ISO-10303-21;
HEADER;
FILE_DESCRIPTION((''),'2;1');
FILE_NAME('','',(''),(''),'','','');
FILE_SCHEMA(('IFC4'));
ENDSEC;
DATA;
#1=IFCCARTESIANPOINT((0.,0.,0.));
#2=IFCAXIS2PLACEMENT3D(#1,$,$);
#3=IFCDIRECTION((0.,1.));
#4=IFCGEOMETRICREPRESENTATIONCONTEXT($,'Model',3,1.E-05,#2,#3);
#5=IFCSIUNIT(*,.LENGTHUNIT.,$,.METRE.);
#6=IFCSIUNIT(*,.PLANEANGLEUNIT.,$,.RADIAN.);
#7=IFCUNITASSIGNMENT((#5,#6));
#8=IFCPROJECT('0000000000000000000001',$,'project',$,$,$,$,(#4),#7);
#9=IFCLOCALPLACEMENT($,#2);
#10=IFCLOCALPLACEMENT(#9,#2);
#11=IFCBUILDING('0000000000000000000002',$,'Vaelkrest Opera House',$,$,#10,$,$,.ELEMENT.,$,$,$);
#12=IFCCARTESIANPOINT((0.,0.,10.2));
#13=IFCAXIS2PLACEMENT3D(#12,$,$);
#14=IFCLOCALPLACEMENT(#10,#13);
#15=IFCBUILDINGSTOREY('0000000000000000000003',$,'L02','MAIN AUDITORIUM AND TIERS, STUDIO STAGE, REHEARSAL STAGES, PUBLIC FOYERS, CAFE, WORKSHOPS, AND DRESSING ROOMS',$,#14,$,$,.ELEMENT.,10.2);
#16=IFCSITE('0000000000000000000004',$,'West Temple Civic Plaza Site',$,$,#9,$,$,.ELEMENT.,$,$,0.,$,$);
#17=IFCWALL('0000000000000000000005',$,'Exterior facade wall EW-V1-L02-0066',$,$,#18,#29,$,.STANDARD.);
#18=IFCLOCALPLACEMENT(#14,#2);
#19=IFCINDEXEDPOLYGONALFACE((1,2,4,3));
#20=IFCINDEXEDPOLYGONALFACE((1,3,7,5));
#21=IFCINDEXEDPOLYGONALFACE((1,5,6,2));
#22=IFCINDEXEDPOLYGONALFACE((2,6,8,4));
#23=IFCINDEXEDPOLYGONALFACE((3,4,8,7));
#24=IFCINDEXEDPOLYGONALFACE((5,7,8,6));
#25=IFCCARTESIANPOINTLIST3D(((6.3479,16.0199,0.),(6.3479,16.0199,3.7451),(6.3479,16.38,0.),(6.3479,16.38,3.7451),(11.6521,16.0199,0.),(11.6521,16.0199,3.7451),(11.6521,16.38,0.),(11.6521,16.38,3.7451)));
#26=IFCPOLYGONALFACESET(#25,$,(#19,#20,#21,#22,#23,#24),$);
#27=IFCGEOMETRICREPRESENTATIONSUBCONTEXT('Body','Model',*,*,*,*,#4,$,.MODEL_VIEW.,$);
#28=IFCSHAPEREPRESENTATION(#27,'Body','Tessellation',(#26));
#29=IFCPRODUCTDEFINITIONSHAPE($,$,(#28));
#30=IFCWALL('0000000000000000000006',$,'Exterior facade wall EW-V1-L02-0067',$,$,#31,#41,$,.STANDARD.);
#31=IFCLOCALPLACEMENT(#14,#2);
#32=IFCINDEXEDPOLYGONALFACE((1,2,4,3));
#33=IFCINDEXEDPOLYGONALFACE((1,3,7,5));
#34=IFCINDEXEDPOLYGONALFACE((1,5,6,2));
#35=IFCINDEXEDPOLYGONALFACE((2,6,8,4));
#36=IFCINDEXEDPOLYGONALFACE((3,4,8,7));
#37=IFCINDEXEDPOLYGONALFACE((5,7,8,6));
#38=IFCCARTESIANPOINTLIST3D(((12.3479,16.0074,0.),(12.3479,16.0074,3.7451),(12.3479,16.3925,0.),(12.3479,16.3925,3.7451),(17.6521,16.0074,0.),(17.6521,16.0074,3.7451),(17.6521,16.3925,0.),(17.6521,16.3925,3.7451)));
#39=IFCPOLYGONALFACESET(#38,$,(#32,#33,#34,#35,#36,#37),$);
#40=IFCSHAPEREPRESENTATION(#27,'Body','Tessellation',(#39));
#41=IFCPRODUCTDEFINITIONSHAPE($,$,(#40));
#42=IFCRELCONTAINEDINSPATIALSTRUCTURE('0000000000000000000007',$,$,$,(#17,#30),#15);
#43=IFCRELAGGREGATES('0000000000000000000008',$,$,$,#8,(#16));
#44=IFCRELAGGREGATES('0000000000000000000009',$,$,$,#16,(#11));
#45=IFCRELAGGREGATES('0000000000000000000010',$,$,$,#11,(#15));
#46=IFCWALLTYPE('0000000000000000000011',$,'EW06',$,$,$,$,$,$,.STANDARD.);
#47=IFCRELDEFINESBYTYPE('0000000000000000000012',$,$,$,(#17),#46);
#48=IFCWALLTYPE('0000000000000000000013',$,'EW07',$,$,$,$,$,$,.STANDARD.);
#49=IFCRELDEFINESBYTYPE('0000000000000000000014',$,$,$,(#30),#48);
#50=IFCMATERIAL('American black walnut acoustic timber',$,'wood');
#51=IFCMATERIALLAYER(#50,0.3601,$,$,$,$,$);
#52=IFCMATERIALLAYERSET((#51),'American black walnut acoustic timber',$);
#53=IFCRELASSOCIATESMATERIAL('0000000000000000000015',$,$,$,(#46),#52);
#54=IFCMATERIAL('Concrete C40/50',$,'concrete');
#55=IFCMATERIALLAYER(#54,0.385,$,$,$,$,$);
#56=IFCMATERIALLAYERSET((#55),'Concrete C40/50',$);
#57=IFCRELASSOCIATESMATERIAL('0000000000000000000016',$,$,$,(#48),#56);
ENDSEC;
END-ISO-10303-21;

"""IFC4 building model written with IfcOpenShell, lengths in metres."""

from ifc_helpers import new_model, si_unit, direction, frame, frame_2d, origin, place, context, subcontext, project, spatial, rectangle, extrude, material, layer, layer_set, type_object, element, save


model = new_model("IFC4")

# Units and contexts
model_context = context("Model", 3, precision=1e-05, world=origin(), true_north=direction((0.0, 1.0)))
body_context = subcontext(model_context, "Body", "Model", "MODEL_VIEW")
ifc_project = project(units=[si_unit("LENGTHUNIT", "METRE"), si_unit("PLANEANGLEUNIT", "RADIAN")], contexts=[model_context])

# Site, building, storey
site_placement = place(None, origin())
site = spatial("IfcSite", under=ifc_project, at=site_placement, Name="West Temple Civic Plaza Site", CompositionType="ELEMENT", RefElevation=0.0)
building_placement = place(site_placement, origin())
building = spatial("IfcBuilding", under=site, at=building_placement, Name="Vaelkrest Opera House", CompositionType="ELEMENT")
storey_placement = place(building_placement, frame((0.0, 0.0, 10.2)))
storey = spatial("IfcBuildingStorey", under=building, at=storey_placement, Name="L02", Description="MAIN AUDITORIUM AND TIERS, STUDIO STAGE, REHEARSAL STAGES, PUBLIC FOYERS, CAFE, WORKSHOPS, AND DRESSING ROOMS", CompositionType="ELEMENT", Elevation=10.2)

# Walls
ifc_material_1 = material(Name="American black walnut acoustic timber", Category="wood")
ifc_layer_1 = layer(ifc_material_1, 0.3601)
ifc_layer_set_1 = layer_set([ifc_layer_1], Name="American black walnut acoustic timber")
wall_type_1 = type_object("IfcWallType", Name="EW06", PredefinedType="STANDARD", material=ifc_layer_set_1)
wall_1_placement = place(storey_placement, frame((6.3479, 16.2, 0.0), z_axis=(0.0, 0.0, 1.0), x_axis=(1.0, 0.0, 0.0)))
element("IfcWall", 1, at=wall_1_placement, inside=storey, type_object=wall_type_1, Name="Exterior facade wall EW-V1-L02-0066", PredefinedType="STANDARD", context=body_context, shape_type="SweptSolid", body=[
    extrude(rectangle(XDim=5.3042, YDim=0.3601, at=frame_2d((2.6521, 0.0))), origin(), (0.0, 0.0, 1.0), 3.7451),
])
ifc_material_2 = material(Name="Concrete C40/50", Category="concrete")
ifc_layer_2 = layer(ifc_material_2, 0.385)
ifc_layer_set_2 = layer_set([ifc_layer_2], Name="Concrete C40/50")
wall_type_2 = type_object("IfcWallType", Name="EW07", PredefinedType="STANDARD", material=ifc_layer_set_2)
wall_2_placement = place(storey_placement, frame((12.3479, 16.2, 0.0), z_axis=(0.0, 0.0, 1.0), x_axis=(1.0, 0.0, 0.0)))
element("IfcWall", 2, at=wall_2_placement, inside=storey, type_object=wall_type_2, Name="Exterior facade wall EW-V1-L02-0067", PredefinedType="STANDARD", context=body_context, shape_type="SweptSolid", body=[
    extrude(rectangle(XDim=5.3042, YDim=0.385, at=frame_2d((2.6521, 0.0))), origin(), (0.0, 0.0, 1.0), 3.7451),
])

save(model, "model.ifc")
